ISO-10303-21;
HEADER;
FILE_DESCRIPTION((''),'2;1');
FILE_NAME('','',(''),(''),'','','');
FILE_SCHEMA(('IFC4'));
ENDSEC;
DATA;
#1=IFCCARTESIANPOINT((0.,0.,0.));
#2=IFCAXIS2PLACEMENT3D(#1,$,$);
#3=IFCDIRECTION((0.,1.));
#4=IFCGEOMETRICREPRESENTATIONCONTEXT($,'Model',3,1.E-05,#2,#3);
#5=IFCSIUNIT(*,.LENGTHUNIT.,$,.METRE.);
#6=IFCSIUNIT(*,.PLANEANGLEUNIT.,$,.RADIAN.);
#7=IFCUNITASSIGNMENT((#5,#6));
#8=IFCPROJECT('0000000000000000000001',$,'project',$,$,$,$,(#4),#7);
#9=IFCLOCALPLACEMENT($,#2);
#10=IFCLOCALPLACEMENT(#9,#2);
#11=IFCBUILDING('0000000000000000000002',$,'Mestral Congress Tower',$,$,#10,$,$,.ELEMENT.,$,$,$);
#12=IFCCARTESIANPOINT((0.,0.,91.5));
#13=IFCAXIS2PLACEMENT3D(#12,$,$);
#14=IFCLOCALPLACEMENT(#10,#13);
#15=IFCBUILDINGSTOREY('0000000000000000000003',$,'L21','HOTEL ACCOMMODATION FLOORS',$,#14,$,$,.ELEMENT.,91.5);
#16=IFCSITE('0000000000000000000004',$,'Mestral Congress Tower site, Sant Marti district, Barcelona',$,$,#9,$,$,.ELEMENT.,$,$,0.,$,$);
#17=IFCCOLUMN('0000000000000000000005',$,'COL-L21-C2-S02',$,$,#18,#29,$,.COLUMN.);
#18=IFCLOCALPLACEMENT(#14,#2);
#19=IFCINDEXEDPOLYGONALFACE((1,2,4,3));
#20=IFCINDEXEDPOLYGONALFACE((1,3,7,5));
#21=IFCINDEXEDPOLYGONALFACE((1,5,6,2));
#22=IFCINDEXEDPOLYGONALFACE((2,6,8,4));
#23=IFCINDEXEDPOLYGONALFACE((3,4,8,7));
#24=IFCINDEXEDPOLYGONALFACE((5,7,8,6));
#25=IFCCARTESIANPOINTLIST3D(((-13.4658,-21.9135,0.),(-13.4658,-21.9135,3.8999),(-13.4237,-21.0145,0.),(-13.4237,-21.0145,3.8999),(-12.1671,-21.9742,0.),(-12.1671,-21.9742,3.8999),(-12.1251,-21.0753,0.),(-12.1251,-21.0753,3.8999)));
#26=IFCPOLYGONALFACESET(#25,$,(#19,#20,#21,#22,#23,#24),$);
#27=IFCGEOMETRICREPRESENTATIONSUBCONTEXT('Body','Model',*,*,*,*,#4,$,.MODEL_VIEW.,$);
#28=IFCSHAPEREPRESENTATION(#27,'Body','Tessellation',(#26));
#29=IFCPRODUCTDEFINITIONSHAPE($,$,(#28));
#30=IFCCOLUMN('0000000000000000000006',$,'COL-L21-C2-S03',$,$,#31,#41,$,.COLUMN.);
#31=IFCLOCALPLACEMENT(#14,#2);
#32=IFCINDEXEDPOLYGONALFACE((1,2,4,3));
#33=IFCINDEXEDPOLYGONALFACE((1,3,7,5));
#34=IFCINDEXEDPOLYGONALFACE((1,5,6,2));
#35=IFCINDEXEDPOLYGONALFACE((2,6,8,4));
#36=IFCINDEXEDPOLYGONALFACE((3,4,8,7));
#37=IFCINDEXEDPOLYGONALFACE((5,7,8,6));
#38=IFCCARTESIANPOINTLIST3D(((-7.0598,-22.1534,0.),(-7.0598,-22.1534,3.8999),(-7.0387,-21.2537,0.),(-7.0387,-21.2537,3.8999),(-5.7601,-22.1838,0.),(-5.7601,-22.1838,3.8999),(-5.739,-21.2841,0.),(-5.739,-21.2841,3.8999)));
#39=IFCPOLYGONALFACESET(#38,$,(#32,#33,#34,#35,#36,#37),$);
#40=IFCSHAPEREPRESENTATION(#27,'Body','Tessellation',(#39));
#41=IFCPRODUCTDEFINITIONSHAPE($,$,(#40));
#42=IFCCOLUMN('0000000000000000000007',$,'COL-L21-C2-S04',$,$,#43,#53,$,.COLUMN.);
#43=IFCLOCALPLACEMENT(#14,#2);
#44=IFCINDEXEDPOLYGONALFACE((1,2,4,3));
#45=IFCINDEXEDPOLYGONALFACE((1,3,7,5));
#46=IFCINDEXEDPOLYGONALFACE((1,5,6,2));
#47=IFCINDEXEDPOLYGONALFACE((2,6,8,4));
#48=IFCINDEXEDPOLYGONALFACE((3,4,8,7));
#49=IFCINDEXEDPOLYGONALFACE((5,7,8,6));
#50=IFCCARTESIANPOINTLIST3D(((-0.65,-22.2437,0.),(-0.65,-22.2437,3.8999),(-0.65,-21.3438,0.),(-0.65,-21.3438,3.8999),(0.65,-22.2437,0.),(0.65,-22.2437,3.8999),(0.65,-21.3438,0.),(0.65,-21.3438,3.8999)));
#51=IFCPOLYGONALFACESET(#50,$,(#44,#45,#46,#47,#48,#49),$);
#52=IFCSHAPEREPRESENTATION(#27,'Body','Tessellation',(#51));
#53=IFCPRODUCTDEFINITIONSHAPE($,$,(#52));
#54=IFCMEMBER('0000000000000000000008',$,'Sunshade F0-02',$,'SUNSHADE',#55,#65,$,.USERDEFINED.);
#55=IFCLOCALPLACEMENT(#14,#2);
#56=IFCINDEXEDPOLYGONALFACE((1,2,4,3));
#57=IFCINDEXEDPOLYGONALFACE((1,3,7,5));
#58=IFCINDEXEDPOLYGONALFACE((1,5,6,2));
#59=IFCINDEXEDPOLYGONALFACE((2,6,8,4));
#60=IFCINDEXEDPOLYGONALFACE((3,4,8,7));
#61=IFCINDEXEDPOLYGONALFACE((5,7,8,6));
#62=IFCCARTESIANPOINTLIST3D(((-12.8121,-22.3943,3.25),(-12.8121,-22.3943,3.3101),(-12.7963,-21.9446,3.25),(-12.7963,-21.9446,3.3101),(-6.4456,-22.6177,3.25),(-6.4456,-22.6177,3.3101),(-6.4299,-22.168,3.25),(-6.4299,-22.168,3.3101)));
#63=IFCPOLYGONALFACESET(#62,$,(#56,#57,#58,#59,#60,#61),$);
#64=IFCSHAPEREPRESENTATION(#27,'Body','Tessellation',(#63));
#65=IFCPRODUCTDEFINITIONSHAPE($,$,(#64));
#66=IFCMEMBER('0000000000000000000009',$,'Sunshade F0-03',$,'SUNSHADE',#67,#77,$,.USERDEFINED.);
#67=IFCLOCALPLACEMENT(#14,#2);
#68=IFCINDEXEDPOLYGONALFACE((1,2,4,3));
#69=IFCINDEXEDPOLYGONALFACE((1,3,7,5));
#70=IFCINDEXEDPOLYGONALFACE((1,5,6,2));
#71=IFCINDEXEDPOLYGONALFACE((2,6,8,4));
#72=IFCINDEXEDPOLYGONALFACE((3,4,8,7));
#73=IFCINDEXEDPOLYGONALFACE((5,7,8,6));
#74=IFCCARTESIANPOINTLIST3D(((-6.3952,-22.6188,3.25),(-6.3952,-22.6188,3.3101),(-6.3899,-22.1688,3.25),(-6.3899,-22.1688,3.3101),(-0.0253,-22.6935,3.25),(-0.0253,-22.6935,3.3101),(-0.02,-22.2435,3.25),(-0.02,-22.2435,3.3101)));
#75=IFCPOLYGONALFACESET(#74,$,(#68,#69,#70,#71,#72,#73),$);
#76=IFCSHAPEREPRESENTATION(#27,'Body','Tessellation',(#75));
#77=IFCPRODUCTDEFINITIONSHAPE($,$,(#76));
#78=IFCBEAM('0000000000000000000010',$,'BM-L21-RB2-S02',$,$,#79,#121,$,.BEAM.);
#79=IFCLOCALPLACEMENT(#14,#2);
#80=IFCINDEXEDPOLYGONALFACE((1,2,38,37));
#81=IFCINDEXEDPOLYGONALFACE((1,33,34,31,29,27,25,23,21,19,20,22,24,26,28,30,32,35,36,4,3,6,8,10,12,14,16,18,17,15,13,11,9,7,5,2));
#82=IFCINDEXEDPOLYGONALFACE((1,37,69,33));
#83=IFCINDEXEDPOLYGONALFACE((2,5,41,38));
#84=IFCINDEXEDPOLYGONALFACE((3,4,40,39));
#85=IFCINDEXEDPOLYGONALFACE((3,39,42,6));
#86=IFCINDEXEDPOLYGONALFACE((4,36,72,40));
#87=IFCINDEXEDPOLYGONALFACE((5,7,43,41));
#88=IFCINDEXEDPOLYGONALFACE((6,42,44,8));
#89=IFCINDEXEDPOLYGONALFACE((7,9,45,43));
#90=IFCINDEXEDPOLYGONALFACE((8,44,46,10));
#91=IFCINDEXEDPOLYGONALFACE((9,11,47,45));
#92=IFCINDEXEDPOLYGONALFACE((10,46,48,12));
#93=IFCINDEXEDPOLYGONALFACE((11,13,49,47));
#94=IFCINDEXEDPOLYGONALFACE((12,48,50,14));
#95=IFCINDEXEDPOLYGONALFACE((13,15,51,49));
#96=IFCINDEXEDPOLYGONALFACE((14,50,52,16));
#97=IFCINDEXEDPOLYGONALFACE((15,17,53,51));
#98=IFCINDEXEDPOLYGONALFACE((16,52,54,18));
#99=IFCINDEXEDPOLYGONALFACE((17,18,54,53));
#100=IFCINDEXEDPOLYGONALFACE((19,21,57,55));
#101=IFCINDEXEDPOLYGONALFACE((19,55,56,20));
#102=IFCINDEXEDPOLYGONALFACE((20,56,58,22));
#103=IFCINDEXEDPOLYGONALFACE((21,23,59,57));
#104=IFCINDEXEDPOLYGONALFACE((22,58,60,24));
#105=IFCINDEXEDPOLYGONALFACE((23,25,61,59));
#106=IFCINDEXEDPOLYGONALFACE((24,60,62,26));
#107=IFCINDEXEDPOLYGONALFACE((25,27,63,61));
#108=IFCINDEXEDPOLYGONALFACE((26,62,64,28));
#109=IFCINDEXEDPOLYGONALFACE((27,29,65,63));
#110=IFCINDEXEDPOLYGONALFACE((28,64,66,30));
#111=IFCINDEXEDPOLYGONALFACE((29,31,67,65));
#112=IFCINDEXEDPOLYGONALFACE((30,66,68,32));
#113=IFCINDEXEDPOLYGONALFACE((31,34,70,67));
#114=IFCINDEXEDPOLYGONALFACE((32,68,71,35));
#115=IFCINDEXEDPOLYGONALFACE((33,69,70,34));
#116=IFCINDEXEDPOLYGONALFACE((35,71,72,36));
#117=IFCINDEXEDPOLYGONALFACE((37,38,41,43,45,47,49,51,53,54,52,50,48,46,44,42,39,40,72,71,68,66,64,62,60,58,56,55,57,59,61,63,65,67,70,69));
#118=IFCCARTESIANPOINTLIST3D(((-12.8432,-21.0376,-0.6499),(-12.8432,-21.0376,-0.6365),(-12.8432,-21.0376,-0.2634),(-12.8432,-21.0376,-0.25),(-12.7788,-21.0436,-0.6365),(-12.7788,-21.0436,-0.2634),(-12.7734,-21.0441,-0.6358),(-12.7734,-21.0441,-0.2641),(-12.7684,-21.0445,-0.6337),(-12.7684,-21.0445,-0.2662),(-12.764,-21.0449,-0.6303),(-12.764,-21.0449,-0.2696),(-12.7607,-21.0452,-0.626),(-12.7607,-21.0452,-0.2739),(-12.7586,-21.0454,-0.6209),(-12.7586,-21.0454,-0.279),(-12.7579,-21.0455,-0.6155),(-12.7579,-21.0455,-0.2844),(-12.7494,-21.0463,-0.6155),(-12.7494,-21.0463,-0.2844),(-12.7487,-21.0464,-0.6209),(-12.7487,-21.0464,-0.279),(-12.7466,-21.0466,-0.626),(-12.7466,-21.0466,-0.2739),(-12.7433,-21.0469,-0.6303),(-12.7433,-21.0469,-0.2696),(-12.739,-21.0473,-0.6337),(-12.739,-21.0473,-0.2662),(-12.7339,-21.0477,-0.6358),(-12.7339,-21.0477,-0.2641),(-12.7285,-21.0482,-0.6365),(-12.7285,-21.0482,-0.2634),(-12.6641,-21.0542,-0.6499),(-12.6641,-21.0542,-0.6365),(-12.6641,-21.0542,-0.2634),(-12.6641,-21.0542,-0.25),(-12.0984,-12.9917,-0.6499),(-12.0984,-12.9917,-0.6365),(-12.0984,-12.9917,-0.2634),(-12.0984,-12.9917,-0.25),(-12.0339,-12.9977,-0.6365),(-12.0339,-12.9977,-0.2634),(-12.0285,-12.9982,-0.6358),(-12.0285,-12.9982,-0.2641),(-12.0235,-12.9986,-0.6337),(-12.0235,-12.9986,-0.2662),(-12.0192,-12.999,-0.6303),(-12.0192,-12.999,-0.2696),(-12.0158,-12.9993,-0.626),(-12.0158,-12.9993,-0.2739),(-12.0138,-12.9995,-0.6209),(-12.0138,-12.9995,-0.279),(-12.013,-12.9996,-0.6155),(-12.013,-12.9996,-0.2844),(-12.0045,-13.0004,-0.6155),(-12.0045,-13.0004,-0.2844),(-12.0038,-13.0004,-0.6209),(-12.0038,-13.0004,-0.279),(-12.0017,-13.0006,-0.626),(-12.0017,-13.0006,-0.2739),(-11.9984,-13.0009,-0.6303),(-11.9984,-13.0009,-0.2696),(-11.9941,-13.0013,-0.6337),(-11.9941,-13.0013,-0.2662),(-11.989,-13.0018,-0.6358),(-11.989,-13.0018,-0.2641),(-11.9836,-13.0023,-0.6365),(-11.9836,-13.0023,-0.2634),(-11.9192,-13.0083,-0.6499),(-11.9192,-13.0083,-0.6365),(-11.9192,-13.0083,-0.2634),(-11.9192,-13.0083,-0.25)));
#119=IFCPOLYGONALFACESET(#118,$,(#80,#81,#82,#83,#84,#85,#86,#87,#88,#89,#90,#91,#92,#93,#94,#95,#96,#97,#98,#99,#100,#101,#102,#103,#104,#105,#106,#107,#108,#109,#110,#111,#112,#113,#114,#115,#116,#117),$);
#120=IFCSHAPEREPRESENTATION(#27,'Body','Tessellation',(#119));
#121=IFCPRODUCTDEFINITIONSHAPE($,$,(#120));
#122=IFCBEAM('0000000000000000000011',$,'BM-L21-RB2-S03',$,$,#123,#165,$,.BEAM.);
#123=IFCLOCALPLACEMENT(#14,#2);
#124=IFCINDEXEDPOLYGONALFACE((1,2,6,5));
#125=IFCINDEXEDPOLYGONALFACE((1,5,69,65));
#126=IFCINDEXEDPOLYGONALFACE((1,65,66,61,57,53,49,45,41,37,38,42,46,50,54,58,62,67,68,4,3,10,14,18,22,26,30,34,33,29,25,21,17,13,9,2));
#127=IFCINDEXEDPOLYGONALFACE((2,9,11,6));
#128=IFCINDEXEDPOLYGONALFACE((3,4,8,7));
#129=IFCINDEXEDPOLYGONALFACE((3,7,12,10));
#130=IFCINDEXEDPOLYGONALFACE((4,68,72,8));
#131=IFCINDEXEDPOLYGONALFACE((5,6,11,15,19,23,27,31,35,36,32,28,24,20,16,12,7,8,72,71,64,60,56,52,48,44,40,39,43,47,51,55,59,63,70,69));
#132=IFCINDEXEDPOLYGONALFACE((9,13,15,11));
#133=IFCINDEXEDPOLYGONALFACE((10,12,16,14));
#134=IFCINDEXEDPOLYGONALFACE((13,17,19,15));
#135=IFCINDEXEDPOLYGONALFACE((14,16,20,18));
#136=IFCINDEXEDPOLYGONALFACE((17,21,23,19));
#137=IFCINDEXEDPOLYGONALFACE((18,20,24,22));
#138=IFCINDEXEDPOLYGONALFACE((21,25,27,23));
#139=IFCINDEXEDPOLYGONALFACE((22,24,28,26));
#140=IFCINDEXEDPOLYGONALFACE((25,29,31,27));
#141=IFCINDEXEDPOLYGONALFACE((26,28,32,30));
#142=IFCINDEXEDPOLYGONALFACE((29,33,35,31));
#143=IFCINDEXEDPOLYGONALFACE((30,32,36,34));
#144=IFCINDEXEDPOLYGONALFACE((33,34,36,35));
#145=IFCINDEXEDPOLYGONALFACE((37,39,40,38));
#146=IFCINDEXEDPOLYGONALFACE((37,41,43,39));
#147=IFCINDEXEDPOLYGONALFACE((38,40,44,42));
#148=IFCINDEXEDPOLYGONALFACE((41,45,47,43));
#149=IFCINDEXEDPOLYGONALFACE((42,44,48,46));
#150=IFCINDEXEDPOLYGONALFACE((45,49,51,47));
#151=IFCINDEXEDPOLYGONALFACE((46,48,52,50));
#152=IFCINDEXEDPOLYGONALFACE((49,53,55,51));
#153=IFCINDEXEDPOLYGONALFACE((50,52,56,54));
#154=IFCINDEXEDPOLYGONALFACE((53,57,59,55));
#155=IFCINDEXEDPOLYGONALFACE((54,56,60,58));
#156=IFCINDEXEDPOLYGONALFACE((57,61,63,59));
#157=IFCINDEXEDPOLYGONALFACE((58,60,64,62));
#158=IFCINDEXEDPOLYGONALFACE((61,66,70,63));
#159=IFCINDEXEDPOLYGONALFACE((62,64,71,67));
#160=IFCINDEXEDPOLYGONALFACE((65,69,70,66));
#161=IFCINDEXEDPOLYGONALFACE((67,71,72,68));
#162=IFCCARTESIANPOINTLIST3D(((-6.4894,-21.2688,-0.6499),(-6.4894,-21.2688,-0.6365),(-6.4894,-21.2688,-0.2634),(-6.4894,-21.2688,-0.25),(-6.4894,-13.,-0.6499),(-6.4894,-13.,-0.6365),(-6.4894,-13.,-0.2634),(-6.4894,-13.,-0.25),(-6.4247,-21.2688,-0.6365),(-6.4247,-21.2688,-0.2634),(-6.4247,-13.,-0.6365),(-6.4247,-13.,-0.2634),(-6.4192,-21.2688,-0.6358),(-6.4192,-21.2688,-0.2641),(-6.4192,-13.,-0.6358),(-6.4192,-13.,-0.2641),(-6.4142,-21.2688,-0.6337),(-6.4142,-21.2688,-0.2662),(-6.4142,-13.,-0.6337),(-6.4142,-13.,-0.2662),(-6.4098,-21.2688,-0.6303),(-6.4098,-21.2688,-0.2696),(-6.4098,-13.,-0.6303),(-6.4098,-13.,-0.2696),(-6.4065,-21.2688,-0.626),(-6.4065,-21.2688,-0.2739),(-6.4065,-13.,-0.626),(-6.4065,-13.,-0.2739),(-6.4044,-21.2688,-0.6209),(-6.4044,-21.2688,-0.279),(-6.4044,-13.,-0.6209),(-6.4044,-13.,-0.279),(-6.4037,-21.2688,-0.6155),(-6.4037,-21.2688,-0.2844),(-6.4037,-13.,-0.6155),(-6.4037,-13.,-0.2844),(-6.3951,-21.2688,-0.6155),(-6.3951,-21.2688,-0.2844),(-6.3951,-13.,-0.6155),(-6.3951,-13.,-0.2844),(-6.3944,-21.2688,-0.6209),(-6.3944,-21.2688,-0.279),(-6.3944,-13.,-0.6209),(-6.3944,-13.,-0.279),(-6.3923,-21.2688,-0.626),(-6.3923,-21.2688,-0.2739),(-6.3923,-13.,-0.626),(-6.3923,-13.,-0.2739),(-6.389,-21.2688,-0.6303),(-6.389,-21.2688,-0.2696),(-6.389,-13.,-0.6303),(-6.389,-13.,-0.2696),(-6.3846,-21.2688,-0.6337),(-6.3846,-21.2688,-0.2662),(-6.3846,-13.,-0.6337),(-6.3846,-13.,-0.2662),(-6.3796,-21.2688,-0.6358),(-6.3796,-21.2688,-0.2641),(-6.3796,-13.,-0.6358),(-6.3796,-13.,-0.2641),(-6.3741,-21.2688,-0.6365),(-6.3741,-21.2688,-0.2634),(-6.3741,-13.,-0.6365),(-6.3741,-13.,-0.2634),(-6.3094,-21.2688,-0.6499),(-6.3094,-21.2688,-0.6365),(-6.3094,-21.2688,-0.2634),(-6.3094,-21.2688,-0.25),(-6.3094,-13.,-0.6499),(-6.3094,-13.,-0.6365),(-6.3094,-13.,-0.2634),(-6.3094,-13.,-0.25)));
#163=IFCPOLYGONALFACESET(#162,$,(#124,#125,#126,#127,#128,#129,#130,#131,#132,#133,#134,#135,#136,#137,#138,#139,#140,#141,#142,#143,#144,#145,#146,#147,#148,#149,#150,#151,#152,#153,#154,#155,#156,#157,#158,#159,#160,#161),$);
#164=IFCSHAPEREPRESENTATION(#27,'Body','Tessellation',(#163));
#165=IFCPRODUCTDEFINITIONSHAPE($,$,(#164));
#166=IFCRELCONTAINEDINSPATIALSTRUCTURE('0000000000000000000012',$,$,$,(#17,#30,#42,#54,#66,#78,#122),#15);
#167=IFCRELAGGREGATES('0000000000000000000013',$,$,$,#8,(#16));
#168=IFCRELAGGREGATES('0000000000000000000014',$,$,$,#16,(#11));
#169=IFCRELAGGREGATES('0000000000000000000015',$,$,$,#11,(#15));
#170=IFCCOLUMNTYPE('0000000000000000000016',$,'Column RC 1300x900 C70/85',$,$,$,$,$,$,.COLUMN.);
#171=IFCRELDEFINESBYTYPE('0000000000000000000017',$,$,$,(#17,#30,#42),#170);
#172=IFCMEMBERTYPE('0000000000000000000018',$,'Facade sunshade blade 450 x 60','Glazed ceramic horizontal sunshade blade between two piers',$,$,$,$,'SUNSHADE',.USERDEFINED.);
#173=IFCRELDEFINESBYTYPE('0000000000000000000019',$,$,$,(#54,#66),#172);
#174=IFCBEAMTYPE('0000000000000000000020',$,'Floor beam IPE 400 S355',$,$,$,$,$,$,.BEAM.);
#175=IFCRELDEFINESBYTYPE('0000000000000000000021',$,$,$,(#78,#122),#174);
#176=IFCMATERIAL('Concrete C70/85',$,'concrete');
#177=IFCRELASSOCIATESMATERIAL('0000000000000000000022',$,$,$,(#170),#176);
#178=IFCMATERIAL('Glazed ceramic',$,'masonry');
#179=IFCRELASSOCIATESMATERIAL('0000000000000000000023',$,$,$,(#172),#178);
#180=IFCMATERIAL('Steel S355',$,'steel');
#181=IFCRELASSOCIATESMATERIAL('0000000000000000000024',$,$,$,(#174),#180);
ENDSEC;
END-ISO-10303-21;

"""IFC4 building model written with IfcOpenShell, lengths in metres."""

from ifc_helpers import new_model, si_unit, direction, frame, origin, origin_2d, place, context, subcontext, project, spatial, rectangle, i_section, extrude, material, material_profile, profile_set, type_object, element, save


model = new_model("IFC4")

# Units and contexts
model_context = context("Model", 3, precision=1e-05, world=origin(), true_north=direction((0.0, 1.0)))
body_context = subcontext(model_context, "Body", "Model", "MODEL_VIEW")
ifc_project = project(units=[si_unit("LENGTHUNIT", "METRE"), si_unit("PLANEANGLEUNIT", "RADIAN")], contexts=[model_context])

# Site, building, storey
site_placement = place(None, origin())
site = spatial("IfcSite", under=ifc_project, at=site_placement, Name="Mestral Congress Tower site, Sant Marti district, Barcelona", CompositionType="ELEMENT", RefElevation=0.0)
building_placement = place(site_placement, origin())
building = spatial("IfcBuilding", under=site, at=building_placement, Name="Mestral Congress Tower", CompositionType="ELEMENT")
storey_placement = place(building_placement, frame((0.0, 0.0, 91.5)))
storey = spatial("IfcBuildingStorey", under=building, at=storey_placement, Name="L21", Description="HOTEL ACCOMMODATION FLOORS", CompositionType="ELEMENT", Elevation=91.5)

# Columns
ifc_material_1 = material(Name="Concrete C70/85", Category="concrete")
ifc_material_profile_1 = material_profile(ifc_material_1, rectangle(XDim=1.3, YDim=0.8999, at=origin_2d()), Name="RC 1300x900")
ifc_profile_set_1 = profile_set([ifc_material_profile_1], Name="Concrete C70/85")
column_type = type_object("IfcColumnType", Name="Column RC 1300x900 C70/85", PredefinedType="COLUMN", material=ifc_profile_set_1)
for number, where, z_axis, x_axis, name in (
    (1, (-12.7954, -21.4944, 0.0), (0.0, 0.0, 1.0), (0.998906, -0.046756, 0.0), "COL-L21-C2-S02"),
    (2, (-6.3994, -21.7188, 0.0), (0.0, 0.0, 1.0), (0.999727, -0.023384, 0.0), "COL-L21-C2-S03"),
    (3, (0.0, -21.7937, 0.0), (0.0, 0.0, 1.0), (1.0, 0.0, 0.0), "COL-L21-C2-S04"),
):
    element("IfcColumn", number, at=place(storey_placement, frame(where, z_axis=z_axis, x_axis=x_axis)), inside=storey, type_object=column_type, Name=name, PredefinedType="COLUMN", context=body_context, shape_type="SweptSolid", body=[
        extrude(rectangle(XDim=1.3, YDim=0.8999, at=origin_2d()), origin(), (0.0, 0.0, 1.0), 3.8999),
    ])

# Members
ifc_material_2 = material(Name="Glazed ceramic", Category="masonry")
ifc_material_profile_2 = material_profile(ifc_material_2, rectangle(XDim=0.45, YDim=0.0601, at=origin_2d()), Name="Ceramic blade 450 x 60")
ifc_profile_set_2 = profile_set([ifc_material_profile_2], Name="Glazed ceramic")
member_type = type_object("IfcMemberType", Name="Facade sunshade blade 450 x 60", Description="Glazed ceramic horizontal sunshade blade between two piers", ElementType="SUNSHADE", PredefinedType="USERDEFINED", material=ifc_profile_set_2)
for number, where, z_axis, x_axis, name in (
    (4, (-12.8042, -22.1694, 3.28), (0.999385, -0.035067, 0.0), (0.035067, 0.999385, 0.0), "Sunshade F0-02"),
    (5, (-6.3926, -22.3938, 3.28), (0.999931, -0.011727, 0.0), (0.011727, 0.999931, 0.0), "Sunshade F0-03"),
):
    element("IfcMember", number, at=place(storey_placement, frame(where, z_axis=z_axis, x_axis=x_axis)), inside=storey, type_object=member_type, Name=name, ObjectType="SUNSHADE", PredefinedType="USERDEFINED", context=body_context, shape_type="SweptSolid", body=[
        extrude(rectangle(XDim=0.45, YDim=0.0601, at=origin_2d()), origin(), (0.0, 0.0, 1.0), 6.3704),
    ])

# Beams
ifc_material_3 = material(Name="Steel S355", Category="steel")
ifc_material_profile_3 = material_profile(ifc_material_3, i_section(OverallWidth=0.1799, OverallDepth=0.3999, WebThickness=0.0085, FlangeThickness=0.0134, FilletRadius=0.021, at=origin_2d()), Name="IPE 400")
ifc_profile_set_3 = profile_set([ifc_material_profile_3], Name="Steel S355")
beam_type_1 = type_object("IfcBeamType", Name="Floor beam IPE 400 S355", PredefinedType="BEAM", material=ifc_profile_set_3)
beam_1_placement = place(storey_placement, frame((-12.7537, -21.0459, -0.45), z_axis=(0.092184, 0.995742, 0.0), x_axis=(-0.995742, 0.092184, 0.0)))
element("IfcBeam", 6, at=beam_1_placement, inside=storey, type_object=beam_type_1, Name="BM-L21-RB2-S02", PredefinedType="BEAM", context=body_context, shape_type="SweptSolid", body=[
    extrude(i_section(OverallWidth=0.1799, OverallDepth=0.3999, WebThickness=0.0085, FlangeThickness=0.0134, FilletRadius=0.021, at=origin_2d()), origin(), (0.0, 0.0, 1.0), 8.0803),
])
beam_2_placement = place(storey_placement, frame((-6.3994, -21.2688, -0.45), z_axis=(0.0, 1.0, 0.0), x_axis=(-1.0, 0.0, 0.0)))
element("IfcBeam", 7, at=beam_2_placement, inside=storey, type_object=beam_type_1, Name="BM-L21-RB2-S03", PredefinedType="BEAM", context=body_context, shape_type="SweptSolid", body=[
    extrude(i_section(OverallWidth=0.1799, OverallDepth=0.3999, WebThickness=0.0085, FlangeThickness=0.0134, FilletRadius=0.021, at=origin_2d()), origin(), (0.0, 0.0, 1.0), 8.2688),
])

save(model, "model.ifc")
